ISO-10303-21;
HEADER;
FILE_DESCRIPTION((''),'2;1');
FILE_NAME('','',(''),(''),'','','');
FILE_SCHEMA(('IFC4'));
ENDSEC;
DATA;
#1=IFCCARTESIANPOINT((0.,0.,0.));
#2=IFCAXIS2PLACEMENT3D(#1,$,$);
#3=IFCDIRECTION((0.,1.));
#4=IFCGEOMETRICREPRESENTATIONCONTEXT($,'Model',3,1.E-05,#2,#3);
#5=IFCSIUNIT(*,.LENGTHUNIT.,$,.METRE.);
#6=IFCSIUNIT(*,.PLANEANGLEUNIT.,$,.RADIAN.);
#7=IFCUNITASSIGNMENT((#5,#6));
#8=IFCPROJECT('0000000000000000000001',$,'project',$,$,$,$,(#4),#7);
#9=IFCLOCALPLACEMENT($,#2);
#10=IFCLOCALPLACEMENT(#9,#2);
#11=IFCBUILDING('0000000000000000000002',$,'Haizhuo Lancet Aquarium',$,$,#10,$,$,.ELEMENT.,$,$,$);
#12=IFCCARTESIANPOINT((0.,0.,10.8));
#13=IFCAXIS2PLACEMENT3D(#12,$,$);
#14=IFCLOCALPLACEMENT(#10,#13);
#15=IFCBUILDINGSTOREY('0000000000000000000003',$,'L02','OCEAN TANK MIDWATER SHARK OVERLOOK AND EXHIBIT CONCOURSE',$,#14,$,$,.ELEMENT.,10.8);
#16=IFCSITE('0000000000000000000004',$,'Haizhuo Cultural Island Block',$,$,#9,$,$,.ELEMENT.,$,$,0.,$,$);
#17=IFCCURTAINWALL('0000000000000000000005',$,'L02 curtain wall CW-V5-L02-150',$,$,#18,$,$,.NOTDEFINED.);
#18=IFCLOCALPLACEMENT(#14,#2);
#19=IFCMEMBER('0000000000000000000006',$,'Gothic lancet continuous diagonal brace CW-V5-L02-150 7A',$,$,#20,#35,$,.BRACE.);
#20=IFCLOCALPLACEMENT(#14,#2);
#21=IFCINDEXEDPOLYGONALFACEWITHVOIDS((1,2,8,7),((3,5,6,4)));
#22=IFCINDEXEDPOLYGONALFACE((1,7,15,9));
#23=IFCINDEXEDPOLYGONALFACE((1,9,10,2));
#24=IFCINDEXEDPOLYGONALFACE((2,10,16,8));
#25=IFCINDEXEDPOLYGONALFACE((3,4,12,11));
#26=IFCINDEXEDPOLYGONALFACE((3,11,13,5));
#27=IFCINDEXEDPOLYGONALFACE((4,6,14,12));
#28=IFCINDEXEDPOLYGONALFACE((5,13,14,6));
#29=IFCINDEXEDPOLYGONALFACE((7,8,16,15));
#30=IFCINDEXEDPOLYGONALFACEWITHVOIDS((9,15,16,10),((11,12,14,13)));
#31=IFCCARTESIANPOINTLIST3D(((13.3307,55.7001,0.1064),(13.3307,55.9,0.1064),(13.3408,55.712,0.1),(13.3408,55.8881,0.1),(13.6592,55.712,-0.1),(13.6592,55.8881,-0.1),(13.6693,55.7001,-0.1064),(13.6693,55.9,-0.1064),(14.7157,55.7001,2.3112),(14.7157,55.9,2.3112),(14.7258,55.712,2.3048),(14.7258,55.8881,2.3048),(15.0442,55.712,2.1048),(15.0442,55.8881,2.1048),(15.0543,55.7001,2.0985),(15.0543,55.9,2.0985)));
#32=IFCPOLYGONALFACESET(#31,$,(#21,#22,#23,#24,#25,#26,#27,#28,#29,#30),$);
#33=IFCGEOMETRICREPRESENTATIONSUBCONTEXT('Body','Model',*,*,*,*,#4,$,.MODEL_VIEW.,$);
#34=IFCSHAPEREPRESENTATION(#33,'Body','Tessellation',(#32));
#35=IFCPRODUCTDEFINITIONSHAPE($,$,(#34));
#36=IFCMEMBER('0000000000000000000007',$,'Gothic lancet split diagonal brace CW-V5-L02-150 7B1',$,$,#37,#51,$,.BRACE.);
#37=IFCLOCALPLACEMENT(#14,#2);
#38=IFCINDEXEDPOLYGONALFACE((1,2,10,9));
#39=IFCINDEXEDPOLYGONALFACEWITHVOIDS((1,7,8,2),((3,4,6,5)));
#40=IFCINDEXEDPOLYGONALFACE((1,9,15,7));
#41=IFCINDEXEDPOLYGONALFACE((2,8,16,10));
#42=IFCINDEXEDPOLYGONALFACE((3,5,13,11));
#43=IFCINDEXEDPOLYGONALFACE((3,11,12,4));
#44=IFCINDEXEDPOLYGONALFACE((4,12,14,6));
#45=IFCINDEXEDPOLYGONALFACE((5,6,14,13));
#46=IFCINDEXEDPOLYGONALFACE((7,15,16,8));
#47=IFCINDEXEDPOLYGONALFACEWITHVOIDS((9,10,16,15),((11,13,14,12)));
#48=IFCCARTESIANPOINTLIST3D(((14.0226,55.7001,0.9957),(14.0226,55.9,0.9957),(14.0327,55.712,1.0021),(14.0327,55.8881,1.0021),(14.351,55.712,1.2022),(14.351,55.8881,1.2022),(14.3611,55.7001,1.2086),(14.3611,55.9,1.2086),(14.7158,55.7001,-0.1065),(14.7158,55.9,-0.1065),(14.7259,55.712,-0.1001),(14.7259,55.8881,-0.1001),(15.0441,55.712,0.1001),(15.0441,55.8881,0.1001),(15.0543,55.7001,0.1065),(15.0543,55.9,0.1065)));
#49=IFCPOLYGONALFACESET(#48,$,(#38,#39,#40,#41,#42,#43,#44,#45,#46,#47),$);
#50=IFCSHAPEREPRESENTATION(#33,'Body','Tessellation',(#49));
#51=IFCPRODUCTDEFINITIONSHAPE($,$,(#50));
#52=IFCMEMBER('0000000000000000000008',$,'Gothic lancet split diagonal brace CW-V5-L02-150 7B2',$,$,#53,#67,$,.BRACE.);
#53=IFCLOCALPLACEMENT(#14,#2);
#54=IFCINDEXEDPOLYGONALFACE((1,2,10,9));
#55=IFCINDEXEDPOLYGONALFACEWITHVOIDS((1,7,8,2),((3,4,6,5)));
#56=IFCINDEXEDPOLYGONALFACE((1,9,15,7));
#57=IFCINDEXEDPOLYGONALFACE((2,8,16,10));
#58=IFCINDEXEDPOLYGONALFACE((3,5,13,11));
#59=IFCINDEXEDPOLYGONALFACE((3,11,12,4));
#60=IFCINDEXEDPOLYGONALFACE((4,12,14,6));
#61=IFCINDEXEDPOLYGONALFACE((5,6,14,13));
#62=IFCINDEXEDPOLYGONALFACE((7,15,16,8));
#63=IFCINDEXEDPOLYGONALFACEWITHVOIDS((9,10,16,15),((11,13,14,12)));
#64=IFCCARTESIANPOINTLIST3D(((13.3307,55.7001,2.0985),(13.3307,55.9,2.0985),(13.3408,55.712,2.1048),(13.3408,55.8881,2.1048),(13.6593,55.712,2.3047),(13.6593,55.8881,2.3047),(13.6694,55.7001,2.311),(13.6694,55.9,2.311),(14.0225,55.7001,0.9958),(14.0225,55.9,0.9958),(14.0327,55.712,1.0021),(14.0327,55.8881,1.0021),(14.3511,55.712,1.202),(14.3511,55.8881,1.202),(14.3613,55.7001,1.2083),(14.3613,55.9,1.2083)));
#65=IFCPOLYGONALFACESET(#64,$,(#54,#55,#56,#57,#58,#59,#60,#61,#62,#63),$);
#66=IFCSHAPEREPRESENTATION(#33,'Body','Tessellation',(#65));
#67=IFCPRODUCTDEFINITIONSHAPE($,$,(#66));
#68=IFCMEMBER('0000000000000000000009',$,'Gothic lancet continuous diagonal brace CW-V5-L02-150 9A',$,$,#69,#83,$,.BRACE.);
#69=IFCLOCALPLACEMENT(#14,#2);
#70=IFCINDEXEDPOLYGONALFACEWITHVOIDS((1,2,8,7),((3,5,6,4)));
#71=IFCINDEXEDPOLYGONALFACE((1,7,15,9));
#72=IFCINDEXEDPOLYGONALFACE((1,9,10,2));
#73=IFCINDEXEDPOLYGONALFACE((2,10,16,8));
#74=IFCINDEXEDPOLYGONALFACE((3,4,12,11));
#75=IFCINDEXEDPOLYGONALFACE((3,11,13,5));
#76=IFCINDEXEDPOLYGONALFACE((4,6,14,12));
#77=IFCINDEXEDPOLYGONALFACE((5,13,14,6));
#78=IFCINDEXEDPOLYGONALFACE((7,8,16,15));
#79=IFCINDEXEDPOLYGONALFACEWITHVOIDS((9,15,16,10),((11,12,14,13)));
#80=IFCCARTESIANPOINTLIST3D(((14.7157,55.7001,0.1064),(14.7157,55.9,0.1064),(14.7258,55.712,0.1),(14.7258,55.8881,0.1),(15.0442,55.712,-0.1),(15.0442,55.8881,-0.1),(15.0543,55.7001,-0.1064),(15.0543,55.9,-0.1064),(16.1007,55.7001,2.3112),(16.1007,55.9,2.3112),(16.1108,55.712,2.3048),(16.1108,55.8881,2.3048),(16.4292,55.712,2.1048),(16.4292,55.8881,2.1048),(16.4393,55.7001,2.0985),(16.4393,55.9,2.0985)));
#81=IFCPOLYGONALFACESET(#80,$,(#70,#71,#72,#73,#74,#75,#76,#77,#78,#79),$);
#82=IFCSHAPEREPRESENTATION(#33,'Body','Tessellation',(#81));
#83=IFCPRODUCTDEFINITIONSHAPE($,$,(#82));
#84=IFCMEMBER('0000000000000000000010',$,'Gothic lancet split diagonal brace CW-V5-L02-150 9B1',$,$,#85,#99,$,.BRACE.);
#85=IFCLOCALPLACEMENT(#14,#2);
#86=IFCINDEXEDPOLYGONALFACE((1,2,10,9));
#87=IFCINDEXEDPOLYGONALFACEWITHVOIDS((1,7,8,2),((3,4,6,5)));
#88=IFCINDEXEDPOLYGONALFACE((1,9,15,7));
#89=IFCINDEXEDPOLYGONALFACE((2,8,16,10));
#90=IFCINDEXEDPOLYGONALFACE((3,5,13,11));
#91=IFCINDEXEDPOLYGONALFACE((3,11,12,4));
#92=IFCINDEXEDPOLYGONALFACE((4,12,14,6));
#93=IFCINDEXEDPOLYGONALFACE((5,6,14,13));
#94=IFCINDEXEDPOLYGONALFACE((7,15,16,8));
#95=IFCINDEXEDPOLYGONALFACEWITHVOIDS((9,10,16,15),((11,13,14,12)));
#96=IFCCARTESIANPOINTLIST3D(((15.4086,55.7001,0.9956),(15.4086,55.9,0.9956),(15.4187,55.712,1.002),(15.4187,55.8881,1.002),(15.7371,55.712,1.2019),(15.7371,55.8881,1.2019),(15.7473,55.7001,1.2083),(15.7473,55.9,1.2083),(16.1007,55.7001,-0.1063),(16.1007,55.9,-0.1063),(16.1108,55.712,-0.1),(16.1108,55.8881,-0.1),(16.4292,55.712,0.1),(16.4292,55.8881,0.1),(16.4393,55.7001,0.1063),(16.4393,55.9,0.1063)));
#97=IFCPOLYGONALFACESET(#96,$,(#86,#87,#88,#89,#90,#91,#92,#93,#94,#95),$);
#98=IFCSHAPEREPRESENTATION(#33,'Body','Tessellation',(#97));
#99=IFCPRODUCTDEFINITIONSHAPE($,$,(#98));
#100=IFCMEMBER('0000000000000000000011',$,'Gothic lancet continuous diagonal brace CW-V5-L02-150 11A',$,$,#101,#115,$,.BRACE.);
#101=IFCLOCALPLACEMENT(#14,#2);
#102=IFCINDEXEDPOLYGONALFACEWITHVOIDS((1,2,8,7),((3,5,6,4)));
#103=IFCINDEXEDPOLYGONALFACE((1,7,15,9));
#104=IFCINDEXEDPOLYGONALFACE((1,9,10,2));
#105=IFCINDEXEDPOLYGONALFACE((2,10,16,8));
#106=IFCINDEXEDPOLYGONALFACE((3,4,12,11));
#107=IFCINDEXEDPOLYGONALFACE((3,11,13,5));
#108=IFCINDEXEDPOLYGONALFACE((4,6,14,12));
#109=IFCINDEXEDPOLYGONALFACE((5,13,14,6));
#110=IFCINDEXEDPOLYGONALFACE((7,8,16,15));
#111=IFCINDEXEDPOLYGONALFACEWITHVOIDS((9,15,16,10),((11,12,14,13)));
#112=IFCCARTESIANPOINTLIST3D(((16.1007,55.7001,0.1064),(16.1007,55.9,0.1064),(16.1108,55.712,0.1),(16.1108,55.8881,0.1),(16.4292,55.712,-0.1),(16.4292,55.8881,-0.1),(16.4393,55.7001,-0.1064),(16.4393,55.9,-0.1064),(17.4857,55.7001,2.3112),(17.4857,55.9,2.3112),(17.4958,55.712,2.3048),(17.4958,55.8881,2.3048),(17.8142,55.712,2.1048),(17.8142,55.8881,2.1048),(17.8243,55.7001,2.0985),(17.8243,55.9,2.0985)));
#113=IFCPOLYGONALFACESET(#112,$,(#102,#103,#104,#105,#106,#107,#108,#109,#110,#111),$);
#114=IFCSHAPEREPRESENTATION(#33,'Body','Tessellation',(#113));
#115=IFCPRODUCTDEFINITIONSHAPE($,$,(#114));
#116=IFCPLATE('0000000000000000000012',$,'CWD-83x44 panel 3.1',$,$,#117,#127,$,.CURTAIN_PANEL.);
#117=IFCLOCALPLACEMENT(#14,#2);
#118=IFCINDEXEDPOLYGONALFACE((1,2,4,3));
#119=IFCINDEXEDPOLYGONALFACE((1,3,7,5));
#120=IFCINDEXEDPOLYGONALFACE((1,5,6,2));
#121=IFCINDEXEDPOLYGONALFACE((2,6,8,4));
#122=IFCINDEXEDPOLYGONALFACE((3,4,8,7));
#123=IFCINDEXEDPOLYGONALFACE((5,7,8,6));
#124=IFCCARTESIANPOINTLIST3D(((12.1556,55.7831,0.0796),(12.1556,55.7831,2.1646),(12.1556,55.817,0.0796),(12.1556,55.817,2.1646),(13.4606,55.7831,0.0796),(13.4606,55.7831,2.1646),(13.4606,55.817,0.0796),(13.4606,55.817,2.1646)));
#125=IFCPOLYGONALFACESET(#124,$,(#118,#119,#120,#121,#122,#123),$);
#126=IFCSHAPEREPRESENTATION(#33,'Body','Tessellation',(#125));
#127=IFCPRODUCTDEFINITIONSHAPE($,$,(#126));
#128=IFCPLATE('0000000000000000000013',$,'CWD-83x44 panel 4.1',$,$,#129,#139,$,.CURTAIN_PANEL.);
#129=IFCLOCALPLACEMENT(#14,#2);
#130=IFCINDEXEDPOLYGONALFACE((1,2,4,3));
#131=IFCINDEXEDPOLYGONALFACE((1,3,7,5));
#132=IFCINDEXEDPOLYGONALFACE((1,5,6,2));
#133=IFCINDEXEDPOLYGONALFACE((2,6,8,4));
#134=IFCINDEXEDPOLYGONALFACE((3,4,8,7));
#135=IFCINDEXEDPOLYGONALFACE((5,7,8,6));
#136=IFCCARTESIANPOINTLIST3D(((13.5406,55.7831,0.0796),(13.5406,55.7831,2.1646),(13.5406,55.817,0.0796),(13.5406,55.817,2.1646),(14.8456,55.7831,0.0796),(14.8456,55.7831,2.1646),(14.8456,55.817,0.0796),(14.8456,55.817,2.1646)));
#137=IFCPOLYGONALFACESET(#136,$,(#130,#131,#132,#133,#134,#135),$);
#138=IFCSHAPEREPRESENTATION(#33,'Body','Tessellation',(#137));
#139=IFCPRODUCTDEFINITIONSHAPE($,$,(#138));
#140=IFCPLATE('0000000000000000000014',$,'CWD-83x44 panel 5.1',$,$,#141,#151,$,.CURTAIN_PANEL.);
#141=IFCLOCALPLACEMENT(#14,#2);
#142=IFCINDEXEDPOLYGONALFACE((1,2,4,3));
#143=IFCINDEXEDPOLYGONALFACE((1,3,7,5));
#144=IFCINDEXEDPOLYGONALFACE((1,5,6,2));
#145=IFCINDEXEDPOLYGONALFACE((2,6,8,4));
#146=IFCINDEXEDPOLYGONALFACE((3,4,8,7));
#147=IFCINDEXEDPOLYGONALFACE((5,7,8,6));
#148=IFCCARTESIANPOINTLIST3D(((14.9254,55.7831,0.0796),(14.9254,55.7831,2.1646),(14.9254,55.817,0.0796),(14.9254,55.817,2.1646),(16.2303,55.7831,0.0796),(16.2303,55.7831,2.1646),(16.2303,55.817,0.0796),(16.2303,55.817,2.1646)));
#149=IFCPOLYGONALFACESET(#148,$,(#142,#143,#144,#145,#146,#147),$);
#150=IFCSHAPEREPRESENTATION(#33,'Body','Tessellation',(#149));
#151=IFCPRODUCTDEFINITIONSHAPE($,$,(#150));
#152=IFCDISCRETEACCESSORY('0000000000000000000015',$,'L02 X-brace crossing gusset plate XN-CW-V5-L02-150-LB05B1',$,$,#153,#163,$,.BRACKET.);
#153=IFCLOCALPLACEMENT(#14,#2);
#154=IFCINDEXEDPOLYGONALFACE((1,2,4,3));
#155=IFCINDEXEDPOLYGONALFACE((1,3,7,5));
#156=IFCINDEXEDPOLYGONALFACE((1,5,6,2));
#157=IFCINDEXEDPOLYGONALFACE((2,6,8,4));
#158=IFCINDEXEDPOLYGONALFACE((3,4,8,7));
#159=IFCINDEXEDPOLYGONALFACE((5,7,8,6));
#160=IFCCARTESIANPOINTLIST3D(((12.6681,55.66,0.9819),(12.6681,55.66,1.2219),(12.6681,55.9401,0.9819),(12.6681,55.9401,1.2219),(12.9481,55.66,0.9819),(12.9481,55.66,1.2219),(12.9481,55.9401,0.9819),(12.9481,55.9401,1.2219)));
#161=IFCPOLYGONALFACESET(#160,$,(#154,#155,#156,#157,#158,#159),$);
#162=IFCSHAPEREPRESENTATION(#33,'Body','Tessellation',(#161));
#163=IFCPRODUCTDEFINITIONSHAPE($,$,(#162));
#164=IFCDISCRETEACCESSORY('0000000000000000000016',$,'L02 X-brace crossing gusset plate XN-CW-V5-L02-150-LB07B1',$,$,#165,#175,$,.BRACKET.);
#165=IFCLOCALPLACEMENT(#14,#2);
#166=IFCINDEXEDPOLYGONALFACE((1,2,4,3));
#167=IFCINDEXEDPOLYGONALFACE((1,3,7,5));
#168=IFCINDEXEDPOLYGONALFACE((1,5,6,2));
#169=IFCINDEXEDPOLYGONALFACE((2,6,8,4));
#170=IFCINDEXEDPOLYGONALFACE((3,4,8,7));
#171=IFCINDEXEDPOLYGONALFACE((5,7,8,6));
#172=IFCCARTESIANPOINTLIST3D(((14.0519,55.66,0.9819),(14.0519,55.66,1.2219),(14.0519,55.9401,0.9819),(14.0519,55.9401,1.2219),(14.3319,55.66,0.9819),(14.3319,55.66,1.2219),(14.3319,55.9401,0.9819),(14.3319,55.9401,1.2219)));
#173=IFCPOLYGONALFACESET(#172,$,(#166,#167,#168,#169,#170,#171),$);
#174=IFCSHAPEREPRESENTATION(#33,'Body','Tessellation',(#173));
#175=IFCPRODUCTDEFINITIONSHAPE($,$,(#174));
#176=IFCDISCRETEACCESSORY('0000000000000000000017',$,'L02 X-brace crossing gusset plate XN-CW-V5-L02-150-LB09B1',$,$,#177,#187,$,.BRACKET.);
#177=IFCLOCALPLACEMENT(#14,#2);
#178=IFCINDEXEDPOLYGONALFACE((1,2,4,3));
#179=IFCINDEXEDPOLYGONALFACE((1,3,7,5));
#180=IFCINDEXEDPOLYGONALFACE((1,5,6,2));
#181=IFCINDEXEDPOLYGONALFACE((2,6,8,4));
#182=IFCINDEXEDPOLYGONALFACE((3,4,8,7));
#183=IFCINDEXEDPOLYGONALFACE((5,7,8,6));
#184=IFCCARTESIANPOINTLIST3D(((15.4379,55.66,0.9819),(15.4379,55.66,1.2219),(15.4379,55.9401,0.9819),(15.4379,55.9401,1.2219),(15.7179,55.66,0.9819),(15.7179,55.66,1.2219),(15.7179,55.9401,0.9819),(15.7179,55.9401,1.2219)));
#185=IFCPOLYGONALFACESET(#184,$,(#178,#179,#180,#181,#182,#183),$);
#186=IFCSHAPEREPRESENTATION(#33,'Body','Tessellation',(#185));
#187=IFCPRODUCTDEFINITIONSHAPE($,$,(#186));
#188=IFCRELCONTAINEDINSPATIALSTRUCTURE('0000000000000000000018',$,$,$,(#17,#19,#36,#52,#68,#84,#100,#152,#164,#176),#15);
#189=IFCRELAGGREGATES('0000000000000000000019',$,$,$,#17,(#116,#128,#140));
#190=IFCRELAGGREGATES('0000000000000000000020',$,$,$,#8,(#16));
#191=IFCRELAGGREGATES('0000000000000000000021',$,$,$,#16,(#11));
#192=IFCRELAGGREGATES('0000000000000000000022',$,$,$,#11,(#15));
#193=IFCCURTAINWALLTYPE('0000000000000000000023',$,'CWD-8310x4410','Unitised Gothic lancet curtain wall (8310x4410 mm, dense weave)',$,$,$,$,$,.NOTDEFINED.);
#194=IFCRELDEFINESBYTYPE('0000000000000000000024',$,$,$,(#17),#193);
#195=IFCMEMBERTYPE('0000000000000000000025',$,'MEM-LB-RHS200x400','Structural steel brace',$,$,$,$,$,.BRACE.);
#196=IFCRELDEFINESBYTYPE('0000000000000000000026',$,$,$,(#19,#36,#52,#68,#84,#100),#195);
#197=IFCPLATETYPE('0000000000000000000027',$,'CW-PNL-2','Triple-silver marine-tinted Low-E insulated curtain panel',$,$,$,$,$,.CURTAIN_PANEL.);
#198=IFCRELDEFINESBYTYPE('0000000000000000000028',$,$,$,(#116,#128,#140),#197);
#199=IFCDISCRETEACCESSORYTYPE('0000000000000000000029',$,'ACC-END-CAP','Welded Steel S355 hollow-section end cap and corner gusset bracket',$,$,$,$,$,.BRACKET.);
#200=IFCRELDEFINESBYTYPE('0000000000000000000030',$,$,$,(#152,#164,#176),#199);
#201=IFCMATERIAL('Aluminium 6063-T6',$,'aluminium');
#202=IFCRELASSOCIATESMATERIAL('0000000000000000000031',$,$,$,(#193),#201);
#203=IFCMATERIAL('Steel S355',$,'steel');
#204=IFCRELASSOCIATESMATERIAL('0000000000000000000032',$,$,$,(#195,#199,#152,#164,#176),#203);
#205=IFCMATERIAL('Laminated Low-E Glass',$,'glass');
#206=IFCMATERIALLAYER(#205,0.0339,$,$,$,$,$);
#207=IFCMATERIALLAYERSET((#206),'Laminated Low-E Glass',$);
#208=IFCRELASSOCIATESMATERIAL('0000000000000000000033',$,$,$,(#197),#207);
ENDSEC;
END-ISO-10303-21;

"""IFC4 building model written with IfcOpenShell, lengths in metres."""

from ifc_helpers import new_model, si_unit, direction, frame, origin, origin_2d, place, context, subcontext, project, spatial, rectangle, hollow_rectangle, extrude, material, layer, layer_set, material_profile, profile_set, type_object, element, aggregate, save


model = new_model("IFC4")

# Units and contexts
model_context = context("Model", 3, precision=1e-05, world=origin(), true_north=direction((0.0, 1.0)))
body_context = subcontext(model_context, "Body", "Model", "MODEL_VIEW")
ifc_project = project(units=[si_unit("LENGTHUNIT", "METRE"), si_unit("PLANEANGLEUNIT", "RADIAN")], contexts=[model_context])

# Site, building, storey
site_placement = place(None, origin())
site = spatial("IfcSite", under=ifc_project, at=site_placement, Name="Haizhuo Cultural Island Block", CompositionType="ELEMENT", RefElevation=0.0)
building_placement = place(site_placement, origin())
building = spatial("IfcBuilding", under=site, at=building_placement, Name="Haizhuo Lancet Aquarium", CompositionType="ELEMENT")
storey_placement = place(building_placement, frame((0.0, 0.0, 10.8)))
storey = spatial("IfcBuildingStorey", under=building, at=storey_placement, Name="L02", Description="OCEAN TANK MIDWATER SHARK OVERLOOK AND EXHIBIT CONCOURSE", CompositionType="ELEMENT", Elevation=10.8)

# Curtain wall
ifc_material_1 = material(Name="Aluminium 6063-T6", Category="aluminium")
curtain_wall_type = type_object("IfcCurtainWallType", Name="CWD-8310x4410", Description="Unitised Gothic lancet curtain wall (8310x4410 mm, dense weave)", PredefinedType="NOTDEFINED", material=ifc_material_1)
curtain_wall_placement = place(storey_placement, origin())
curtain_wall = element("IfcCurtainWall", 1, at=curtain_wall_placement, inside=storey, type_object=curtain_wall_type, Name="L02 curtain wall CW-V5-L02-150", PredefinedType="NOTDEFINED")

# Members
ifc_material_2 = material(Name="Steel S355", Category="steel")
ifc_material_profile_1 = material_profile(ifc_material_2, hollow_rectangle(XDim=0.2, YDim=0.3999, WallThickness=0.012, at=origin_2d()), Name="RHS 200x400x12")
ifc_profile_set_1 = profile_set([ifc_material_profile_1], Name="Steel S355")
member_type_1 = type_object("IfcMemberType", Name="MEM-LB-RHS200x400", Description="Structural steel brace", PredefinedType="BRACE", material=ifc_profile_set_1)
member_1_placement = place(storey_placement, frame((13.5, 55.8, 0.0), z_axis=(0.531928, 0.0, 0.84679), x_axis=(0.0, 1.0, 0.0)))
element("IfcMember", 2, at=member_1_placement, inside=storey, type_object=member_type_1, Name="Gothic lancet continuous diagonal brace CW-V5-L02-150 7A", PredefinedType="BRACE", context=body_context, shape_type="SweptSolid", body=[
    extrude(hollow_rectangle(XDim=0.2, YDim=0.3999, WallThickness=0.012, at=origin_2d()), origin(), (0.0, 0.0, 1.0), 2.6038),
])
member_2_placement = place(storey_placement, frame((14.885, 55.8, 0.0), z_axis=(-0.53239, 0.0, 0.846499), x_axis=(0.0, -1.0, 0.0)))
element("IfcMember", 3, at=member_2_placement, inside=storey, type_object=member_type_1, Name="Gothic lancet split diagonal brace CW-V5-L02-150 7B1", PredefinedType="BRACE", context=body_context, shape_type="SweptSolid", body=[
    extrude(hollow_rectangle(XDim=0.2, YDim=0.3999, WallThickness=0.012, at=origin_2d()), origin(), (0.0, 0.0, 1.0), 1.302),
])
member_3_placement = place(storey_placement, frame((14.1919, 55.8, 1.1021), z_axis=(-0.531465, 0.0, 0.84708), x_axis=(0.0, -1.0, 0.0)))
element("IfcMember", 4, at=member_3_placement, inside=storey, type_object=member_type_1, Name="Gothic lancet split diagonal brace CW-V5-L02-150 7B2", PredefinedType="BRACE", context=body_context, shape_type="SweptSolid", body=[
    extrude(hollow_rectangle(XDim=0.2, YDim=0.3999, WallThickness=0.012, at=origin_2d()), origin(), (0.0, 0.0, 1.0), 1.3018),
])
member_4_placement = place(storey_placement, frame((14.885, 55.8, 0.0), z_axis=(0.531928, 0.0, 0.84679), x_axis=(0.0, 1.0, 0.0)))
element("IfcMember", 5, at=member_4_placement, inside=storey, type_object=member_type_1, Name="Gothic lancet continuous diagonal brace CW-V5-L02-150 9A", PredefinedType="BRACE", context=body_context, shape_type="SweptSolid", body=[
    extrude(hollow_rectangle(XDim=0.2, YDim=0.3999, WallThickness=0.012, at=origin_2d()), origin(), (0.0, 0.0, 1.0), 2.6038),
])
member_5_placement = place(storey_placement, frame((16.27, 55.8, 0.0), z_axis=(-0.531853, 0.0, 0.846837), x_axis=(0.0, -1.0, 0.0)))
element("IfcMember", 6, at=member_5_placement, inside=storey, type_object=member_type_1, Name="Gothic lancet split diagonal brace CW-V5-L02-150 9B1", PredefinedType="BRACE", context=body_context, shape_type="SweptSolid", body=[
    extrude(hollow_rectangle(XDim=0.2, YDim=0.3999, WallThickness=0.012, at=origin_2d()), origin(), (0.0, 0.0, 1.0), 1.3013),
])
member_6_placement = place(storey_placement, frame((16.27, 55.8, 0.0), z_axis=(0.531928, 0.0, 0.84679), x_axis=(0.0, 1.0, 0.0)))
element("IfcMember", 7, at=member_6_placement, inside=storey, type_object=member_type_1, Name="Gothic lancet continuous diagonal brace CW-V5-L02-150 11A", PredefinedType="BRACE", context=body_context, shape_type="SweptSolid", body=[
    extrude(hollow_rectangle(XDim=0.2, YDim=0.3999, WallThickness=0.012, at=origin_2d()), origin(), (0.0, 0.0, 1.0), 2.6038),
])

# Plates
ifc_material_3 = material(Name="Laminated Low-E Glass", Category="glass")
ifc_layer = layer(ifc_material_3, 0.0339)
ifc_layer_set = layer_set([ifc_layer], Name="Laminated Low-E Glass")
plate_type = type_object("IfcPlateType", Name="CW-PNL-2", Description="Triple-silver marine-tinted Low-E insulated curtain panel", PredefinedType="CURTAIN_PANEL", material=ifc_layer_set)
plate_1_placement = place(storey_placement, frame((12.8081, 55.8, 0.0796), z_axis=(0.0, 0.0, 1.0), x_axis=(1.0, 0.0, 0.0)))
plate_1 = element("IfcPlate", 8, at=plate_1_placement, type_object=plate_type, Name="CWD-83x44 panel 3.1", PredefinedType="CURTAIN_PANEL", context=body_context, shape_type="SweptSolid", body=[
    extrude(rectangle(XDim=1.3049, YDim=0.0339, at=origin_2d()), origin(), (0.0, 0.0, 1.0), 2.085),
])
plate_2_placement = place(storey_placement, frame((14.1931, 55.8, 0.0796), z_axis=(0.0, 0.0, 1.0), x_axis=(1.0, 0.0, 0.0)))
plate_2 = element("IfcPlate", 9, at=plate_2_placement, type_object=plate_type, Name="CWD-83x44 panel 4.1", PredefinedType="CURTAIN_PANEL", context=body_context, shape_type="SweptSolid", body=[
    extrude(rectangle(XDim=1.3049, YDim=0.0339, at=origin_2d()), origin(), (0.0, 0.0, 1.0), 2.085),
])
plate_3_placement = place(storey_placement, frame((15.5779, 55.8, 0.0796), z_axis=(0.0, 0.0, 1.0), x_axis=(1.0, 0.0, 0.0)))
plate_3 = element("IfcPlate", 10, at=plate_3_placement, type_object=plate_type, Name="CWD-83x44 panel 5.1", PredefinedType="CURTAIN_PANEL", context=body_context, shape_type="SweptSolid", body=[
    extrude(rectangle(XDim=1.3049, YDim=0.0339, at=origin_2d()), origin(), (0.0, 0.0, 1.0), 2.085),
])
aggregate(curtain_wall, [plate_1, plate_2, plate_3])

# Discrete accessories
discrete_accessory_type = type_object("IfcDiscreteAccessoryType", Name="ACC-END-CAP", Description="Welded Steel S355 hollow-section end cap and corner gusset bracket", PredefinedType="BRACKET", material=ifc_material_2)
for number, where, z_axis, x_axis, name in (
    (11, (12.8081, 55.8, 0.9819), (0.0, 0.0, 1.0), (1.0, 0.0, 0.0), "L02 X-brace crossing gusset plate XN-CW-V5-L02-150-LB05B1"),
    (12, (14.1919, 55.8, 0.9819), (0.0, 0.0, 1.0), (1.0, 0.0, 0.0), "L02 X-brace crossing gusset plate XN-CW-V5-L02-150-LB07B1"),
    (13, (15.5779, 55.8, 0.9819), (0.0, 0.0, 1.0), (1.0, 0.0, 0.0), "L02 X-brace crossing gusset plate XN-CW-V5-L02-150-LB09B1"),
):
    element("IfcDiscreteAccessory", number, at=place(storey_placement, frame(where, z_axis=z_axis, x_axis=x_axis)), inside=storey, type_object=discrete_accessory_type, material=ifc_material_2, Name=name, PredefinedType="BRACKET", context=body_context, shape_type="SweptSolid", body=[
        extrude(rectangle(XDim=0.28, YDim=0.28, at=origin_2d()), origin(), (0.0, 0.0, 1.0), 0.24),
    ])

save(model, "model.ifc")
